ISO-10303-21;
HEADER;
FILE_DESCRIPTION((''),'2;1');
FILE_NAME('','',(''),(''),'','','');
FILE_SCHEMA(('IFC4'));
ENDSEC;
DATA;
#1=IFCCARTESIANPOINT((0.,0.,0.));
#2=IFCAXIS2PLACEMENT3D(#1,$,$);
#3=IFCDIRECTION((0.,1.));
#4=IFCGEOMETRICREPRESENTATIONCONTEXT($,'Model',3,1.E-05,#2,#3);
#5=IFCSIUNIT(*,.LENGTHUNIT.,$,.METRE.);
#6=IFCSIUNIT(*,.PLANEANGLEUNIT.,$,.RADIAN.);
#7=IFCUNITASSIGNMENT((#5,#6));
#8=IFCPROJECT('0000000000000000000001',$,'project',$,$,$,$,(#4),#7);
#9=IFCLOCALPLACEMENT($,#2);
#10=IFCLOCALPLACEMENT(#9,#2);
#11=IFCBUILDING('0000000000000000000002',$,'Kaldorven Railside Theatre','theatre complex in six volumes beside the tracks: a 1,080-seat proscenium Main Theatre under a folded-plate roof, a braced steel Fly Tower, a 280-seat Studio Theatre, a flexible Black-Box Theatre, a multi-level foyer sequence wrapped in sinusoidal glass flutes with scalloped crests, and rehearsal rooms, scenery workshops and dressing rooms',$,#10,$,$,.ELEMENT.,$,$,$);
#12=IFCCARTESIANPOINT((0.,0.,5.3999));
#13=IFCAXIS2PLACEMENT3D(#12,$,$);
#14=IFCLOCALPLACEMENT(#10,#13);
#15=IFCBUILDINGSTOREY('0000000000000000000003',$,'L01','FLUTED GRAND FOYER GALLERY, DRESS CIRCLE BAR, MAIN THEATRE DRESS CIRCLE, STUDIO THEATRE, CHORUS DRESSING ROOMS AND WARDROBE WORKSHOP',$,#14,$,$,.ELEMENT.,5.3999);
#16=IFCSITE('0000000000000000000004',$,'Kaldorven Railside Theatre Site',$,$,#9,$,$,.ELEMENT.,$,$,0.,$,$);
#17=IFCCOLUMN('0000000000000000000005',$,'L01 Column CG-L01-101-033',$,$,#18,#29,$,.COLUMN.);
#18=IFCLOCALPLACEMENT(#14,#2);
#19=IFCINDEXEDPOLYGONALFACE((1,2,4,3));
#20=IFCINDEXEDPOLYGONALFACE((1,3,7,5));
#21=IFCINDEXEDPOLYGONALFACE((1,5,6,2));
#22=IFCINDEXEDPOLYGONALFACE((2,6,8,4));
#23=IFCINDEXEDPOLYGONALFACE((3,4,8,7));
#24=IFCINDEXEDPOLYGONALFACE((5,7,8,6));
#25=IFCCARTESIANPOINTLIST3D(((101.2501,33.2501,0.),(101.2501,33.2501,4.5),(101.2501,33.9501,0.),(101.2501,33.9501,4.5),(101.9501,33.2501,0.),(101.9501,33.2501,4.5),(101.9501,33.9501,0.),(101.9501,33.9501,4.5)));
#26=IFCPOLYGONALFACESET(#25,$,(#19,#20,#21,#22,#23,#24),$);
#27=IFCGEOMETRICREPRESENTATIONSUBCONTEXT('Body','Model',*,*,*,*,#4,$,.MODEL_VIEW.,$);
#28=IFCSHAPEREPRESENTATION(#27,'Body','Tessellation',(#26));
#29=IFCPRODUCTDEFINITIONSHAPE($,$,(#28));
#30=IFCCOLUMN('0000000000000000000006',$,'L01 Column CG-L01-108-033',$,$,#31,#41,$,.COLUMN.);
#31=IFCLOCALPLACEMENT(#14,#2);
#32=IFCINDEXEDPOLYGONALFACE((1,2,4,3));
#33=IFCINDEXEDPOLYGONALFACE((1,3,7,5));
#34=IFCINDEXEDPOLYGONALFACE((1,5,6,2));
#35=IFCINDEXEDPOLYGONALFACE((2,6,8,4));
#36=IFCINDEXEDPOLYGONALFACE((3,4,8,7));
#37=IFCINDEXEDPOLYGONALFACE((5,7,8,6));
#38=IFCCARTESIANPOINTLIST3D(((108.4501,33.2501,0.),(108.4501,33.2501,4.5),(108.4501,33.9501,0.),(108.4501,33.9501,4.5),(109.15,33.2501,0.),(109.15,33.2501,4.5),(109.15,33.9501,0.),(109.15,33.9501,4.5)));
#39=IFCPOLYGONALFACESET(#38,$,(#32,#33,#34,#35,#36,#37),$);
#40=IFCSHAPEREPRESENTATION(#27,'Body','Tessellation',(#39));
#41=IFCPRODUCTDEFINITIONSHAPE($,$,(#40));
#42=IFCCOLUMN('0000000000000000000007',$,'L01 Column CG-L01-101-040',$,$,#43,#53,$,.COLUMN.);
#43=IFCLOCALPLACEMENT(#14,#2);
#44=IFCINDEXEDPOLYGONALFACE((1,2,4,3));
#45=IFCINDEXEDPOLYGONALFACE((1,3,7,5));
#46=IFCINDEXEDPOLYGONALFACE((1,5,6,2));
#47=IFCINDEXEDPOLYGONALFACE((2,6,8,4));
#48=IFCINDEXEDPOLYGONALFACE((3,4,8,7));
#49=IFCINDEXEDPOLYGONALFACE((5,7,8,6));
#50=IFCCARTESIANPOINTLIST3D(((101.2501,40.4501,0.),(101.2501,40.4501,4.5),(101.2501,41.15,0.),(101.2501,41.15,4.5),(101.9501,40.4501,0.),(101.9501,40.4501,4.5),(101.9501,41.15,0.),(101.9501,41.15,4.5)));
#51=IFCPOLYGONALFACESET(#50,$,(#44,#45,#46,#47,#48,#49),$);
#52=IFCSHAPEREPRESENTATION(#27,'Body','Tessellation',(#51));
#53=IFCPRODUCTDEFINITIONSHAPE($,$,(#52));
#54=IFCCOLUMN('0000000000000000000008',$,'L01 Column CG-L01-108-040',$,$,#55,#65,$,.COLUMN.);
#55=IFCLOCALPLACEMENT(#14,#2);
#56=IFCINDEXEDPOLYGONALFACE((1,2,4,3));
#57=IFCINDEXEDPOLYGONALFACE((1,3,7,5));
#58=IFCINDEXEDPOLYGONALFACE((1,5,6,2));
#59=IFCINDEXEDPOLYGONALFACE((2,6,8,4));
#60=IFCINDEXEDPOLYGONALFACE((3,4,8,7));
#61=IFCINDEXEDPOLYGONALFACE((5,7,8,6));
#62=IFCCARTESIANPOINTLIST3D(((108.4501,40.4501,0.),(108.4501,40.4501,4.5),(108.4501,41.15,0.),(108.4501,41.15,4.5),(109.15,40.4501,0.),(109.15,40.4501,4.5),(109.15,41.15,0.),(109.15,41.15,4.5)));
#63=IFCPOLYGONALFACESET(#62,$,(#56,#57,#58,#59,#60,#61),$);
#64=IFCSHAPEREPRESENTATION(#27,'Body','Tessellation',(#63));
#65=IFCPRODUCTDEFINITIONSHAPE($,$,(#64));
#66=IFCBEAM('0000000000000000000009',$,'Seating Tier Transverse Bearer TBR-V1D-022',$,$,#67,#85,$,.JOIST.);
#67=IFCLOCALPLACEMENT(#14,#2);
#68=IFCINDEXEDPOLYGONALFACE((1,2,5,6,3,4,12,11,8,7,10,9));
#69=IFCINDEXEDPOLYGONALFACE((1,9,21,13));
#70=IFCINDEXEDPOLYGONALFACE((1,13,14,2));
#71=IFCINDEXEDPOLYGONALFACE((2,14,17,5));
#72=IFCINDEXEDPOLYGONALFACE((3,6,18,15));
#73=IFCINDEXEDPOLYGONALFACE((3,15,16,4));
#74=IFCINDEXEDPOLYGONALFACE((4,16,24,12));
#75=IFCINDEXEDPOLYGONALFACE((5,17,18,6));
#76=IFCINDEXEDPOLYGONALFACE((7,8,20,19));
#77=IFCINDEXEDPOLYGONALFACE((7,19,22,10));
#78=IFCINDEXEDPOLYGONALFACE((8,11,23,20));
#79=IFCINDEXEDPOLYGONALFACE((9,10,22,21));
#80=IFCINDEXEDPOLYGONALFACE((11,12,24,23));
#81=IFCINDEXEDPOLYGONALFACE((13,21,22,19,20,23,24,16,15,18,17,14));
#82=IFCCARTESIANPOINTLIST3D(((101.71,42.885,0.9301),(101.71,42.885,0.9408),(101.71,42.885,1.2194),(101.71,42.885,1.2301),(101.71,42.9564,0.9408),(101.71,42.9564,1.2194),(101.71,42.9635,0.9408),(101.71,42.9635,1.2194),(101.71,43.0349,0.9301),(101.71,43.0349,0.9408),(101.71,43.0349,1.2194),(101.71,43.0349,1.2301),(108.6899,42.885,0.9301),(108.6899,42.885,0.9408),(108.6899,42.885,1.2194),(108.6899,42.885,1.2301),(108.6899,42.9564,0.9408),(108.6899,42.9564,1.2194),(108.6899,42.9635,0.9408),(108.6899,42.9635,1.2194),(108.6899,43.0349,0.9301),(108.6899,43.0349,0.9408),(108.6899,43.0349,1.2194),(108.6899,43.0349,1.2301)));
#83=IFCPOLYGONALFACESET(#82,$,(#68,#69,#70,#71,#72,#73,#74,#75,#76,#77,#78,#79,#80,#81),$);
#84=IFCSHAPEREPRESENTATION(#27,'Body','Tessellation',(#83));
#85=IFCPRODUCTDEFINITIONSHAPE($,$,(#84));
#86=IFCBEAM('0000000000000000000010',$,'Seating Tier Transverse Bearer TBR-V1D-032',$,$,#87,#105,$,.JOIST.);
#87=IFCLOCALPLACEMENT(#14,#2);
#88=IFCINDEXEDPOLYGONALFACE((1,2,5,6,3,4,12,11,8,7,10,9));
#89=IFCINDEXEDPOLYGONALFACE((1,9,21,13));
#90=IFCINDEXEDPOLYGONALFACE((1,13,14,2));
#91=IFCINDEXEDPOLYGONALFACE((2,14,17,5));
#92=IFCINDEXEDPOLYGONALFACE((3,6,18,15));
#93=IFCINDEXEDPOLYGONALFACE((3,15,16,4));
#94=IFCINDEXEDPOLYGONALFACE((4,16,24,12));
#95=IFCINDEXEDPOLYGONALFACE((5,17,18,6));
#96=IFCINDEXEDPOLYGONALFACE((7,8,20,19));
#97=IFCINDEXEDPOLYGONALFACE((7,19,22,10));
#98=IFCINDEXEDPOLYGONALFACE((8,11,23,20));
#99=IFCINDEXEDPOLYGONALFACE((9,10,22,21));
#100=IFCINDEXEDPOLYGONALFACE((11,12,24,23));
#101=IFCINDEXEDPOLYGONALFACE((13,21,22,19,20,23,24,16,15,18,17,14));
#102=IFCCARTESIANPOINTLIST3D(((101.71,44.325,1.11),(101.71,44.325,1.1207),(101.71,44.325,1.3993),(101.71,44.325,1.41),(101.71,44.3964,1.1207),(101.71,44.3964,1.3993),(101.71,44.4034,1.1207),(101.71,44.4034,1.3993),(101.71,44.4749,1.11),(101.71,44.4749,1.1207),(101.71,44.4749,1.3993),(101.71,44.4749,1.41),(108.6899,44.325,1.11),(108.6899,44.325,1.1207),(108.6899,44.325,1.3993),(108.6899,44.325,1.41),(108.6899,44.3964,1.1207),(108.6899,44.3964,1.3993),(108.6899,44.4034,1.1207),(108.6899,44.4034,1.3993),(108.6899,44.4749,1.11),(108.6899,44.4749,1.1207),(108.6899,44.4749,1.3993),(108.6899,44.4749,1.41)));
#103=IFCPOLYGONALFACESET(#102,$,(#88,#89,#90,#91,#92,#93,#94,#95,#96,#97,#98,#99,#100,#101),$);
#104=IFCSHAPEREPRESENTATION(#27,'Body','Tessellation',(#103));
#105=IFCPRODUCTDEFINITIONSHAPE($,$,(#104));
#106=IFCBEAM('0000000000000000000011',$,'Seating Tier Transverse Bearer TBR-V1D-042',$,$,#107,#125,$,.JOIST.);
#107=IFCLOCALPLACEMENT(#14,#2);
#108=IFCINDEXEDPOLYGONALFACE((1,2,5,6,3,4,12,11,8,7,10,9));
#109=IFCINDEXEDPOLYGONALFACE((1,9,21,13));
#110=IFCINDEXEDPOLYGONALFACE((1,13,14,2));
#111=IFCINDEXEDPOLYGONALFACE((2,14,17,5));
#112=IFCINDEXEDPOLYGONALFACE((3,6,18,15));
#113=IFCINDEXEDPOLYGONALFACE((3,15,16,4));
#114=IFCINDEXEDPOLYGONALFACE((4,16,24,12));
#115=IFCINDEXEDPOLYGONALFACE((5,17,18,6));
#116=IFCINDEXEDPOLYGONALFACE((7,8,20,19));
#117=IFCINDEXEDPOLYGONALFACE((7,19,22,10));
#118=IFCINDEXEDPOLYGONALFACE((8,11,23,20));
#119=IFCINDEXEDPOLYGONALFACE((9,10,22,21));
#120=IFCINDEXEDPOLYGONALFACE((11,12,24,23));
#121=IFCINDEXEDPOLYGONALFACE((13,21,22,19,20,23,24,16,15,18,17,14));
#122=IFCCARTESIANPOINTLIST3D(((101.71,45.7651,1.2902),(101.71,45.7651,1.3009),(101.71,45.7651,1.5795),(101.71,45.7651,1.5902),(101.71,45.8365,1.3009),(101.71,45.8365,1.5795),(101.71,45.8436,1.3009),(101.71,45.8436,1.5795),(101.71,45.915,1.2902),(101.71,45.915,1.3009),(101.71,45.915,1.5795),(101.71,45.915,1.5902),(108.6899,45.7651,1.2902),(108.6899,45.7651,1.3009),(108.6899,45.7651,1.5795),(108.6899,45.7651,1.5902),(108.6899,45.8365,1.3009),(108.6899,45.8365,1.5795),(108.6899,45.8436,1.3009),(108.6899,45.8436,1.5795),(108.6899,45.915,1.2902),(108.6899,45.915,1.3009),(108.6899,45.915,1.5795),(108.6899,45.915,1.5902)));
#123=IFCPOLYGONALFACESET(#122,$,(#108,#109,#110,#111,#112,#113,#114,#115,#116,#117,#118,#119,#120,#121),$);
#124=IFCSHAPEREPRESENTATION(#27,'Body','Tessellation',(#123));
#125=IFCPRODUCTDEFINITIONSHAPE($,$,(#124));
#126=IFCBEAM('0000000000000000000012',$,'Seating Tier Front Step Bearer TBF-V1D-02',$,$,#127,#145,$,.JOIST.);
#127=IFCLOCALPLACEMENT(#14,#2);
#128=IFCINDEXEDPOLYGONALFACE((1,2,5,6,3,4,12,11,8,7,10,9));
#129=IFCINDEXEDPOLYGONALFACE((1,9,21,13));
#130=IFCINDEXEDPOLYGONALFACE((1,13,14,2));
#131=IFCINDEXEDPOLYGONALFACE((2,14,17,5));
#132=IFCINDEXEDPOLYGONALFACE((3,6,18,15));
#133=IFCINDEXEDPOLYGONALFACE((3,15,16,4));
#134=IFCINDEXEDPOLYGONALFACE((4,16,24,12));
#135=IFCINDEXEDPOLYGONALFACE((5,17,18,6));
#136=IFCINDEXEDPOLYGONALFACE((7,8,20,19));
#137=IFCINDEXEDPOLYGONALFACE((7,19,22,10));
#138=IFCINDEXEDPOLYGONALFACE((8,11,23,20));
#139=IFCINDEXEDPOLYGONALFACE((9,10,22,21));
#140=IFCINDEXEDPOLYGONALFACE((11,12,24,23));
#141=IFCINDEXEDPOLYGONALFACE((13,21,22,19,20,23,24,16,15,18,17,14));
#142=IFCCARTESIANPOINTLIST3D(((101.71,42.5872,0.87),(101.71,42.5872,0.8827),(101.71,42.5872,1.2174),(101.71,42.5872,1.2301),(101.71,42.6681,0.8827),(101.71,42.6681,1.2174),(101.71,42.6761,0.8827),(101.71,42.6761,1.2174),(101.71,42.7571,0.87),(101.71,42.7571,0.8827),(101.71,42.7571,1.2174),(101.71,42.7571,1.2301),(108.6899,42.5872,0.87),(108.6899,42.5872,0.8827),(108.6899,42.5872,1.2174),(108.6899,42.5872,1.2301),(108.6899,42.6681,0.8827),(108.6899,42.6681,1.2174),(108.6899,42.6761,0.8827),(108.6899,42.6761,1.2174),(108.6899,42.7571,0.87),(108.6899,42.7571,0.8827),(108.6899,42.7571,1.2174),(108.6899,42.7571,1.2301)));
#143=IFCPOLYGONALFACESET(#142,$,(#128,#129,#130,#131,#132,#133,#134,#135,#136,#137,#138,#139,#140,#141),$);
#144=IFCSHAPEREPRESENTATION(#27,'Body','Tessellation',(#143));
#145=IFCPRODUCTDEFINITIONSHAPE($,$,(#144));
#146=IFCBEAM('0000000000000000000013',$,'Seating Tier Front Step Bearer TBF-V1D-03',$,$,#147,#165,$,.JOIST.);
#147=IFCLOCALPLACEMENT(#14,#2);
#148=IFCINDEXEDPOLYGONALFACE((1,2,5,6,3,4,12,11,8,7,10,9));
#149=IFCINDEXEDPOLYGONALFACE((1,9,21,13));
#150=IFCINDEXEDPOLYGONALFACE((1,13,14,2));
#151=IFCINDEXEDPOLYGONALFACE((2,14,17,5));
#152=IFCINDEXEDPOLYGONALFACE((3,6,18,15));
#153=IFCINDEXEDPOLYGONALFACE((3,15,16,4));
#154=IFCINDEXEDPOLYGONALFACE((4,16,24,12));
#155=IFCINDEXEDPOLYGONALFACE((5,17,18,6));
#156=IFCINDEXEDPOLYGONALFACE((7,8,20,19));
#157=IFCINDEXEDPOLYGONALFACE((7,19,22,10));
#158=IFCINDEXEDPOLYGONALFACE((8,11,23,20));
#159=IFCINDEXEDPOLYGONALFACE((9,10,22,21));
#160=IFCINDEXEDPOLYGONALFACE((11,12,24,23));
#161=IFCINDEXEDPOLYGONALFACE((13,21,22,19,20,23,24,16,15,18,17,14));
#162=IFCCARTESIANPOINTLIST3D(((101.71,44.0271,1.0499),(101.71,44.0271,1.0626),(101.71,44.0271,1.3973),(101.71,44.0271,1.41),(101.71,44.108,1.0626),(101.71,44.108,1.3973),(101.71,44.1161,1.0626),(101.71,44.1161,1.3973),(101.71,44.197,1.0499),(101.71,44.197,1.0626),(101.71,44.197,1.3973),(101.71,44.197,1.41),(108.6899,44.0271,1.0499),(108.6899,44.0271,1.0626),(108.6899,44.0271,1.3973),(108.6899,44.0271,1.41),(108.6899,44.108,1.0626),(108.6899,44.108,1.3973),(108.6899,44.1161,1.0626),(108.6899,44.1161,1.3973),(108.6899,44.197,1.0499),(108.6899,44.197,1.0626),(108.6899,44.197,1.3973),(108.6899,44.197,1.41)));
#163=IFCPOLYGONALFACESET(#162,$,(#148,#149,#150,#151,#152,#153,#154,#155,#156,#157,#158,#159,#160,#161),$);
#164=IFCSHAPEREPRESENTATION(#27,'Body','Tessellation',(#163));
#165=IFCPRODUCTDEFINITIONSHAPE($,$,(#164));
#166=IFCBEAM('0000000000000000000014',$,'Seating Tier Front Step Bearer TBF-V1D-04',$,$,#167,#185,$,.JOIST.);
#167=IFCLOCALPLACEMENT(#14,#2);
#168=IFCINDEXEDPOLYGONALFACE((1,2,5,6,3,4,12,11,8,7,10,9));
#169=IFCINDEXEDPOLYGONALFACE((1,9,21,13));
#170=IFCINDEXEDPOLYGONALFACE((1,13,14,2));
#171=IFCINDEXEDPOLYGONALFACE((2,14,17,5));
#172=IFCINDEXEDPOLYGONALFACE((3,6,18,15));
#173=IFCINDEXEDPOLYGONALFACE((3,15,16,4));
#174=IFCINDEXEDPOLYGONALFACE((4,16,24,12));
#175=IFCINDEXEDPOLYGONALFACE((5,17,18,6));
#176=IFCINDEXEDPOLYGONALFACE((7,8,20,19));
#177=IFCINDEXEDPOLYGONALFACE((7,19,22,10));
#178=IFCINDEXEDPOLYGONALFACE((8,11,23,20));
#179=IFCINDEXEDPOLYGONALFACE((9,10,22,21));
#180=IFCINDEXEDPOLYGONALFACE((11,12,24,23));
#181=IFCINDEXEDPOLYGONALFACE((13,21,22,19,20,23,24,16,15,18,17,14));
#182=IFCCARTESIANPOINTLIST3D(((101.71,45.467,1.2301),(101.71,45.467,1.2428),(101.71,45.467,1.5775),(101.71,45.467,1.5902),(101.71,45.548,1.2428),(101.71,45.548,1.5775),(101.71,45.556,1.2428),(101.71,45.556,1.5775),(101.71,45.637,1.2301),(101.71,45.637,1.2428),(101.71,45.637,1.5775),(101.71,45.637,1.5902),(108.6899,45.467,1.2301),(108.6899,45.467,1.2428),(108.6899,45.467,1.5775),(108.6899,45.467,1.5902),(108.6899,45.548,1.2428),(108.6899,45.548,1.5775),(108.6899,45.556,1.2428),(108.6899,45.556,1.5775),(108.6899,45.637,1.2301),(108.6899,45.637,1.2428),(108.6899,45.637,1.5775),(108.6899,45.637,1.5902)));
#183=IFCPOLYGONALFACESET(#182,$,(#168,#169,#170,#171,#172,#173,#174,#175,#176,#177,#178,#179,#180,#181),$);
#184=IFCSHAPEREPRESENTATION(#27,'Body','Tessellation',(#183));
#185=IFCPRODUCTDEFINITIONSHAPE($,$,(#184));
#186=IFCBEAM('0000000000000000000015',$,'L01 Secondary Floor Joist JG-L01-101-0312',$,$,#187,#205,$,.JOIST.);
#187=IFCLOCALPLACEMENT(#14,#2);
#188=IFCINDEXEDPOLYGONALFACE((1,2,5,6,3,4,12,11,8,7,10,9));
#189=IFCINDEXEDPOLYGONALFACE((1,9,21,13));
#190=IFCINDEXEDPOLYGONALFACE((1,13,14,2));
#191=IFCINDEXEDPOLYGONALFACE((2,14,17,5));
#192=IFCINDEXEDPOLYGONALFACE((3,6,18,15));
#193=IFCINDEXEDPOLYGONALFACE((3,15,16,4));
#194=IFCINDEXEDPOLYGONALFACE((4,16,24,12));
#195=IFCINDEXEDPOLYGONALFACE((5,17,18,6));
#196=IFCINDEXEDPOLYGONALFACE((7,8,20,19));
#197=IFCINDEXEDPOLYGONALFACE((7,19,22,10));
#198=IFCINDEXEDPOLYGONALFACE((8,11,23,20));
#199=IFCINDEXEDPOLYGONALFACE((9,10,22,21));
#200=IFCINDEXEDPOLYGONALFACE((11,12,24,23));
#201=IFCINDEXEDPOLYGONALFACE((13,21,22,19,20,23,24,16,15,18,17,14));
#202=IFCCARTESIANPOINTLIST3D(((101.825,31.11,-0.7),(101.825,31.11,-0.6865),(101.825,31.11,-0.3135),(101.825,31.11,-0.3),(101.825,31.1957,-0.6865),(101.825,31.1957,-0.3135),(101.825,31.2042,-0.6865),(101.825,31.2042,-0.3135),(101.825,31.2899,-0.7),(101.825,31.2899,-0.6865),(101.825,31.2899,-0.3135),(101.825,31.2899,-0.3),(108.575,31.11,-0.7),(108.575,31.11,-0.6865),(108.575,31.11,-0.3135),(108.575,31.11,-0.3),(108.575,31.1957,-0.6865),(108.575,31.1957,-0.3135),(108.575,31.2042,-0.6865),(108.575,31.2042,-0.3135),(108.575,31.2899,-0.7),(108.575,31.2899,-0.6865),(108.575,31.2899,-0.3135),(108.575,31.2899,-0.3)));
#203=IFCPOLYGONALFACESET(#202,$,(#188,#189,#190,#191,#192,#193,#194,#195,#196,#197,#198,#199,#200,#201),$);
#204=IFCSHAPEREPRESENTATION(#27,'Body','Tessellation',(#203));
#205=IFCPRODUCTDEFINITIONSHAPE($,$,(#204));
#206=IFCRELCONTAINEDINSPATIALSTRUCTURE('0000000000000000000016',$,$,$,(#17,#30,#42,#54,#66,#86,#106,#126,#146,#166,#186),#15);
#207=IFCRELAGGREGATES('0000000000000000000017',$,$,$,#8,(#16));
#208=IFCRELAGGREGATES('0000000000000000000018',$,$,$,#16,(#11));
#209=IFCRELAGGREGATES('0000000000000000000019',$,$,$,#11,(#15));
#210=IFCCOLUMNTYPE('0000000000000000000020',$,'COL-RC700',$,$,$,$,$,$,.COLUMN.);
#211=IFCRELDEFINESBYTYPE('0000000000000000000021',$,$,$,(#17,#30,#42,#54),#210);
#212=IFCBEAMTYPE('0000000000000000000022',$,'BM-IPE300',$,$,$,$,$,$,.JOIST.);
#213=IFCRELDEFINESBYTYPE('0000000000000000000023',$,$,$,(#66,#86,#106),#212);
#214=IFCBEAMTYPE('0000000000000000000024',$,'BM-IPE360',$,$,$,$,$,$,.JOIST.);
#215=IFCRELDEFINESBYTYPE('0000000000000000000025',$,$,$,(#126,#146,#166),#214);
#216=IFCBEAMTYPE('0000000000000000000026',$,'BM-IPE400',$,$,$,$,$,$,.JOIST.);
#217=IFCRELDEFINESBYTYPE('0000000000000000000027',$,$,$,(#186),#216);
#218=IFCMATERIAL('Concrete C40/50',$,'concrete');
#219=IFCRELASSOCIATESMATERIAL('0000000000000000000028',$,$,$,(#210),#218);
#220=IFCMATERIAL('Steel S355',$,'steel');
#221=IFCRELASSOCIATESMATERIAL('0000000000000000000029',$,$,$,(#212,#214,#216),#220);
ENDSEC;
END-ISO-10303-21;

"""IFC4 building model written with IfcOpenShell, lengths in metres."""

from ifc_helpers import new_model, si_unit, direction, frame, origin, origin_2d, place, context, subcontext, project, spatial, rectangle, i_section, extrude, material, material_profile, profile_set, type_object, element, save


model = new_model("IFC4")

# Units and contexts
model_context = context("Model", 3, precision=1e-05, world=origin(), true_north=direction((0.0, 1.0)))
body_context = subcontext(model_context, "Body", "Model", "MODEL_VIEW")
ifc_project = project(units=[si_unit("LENGTHUNIT", "METRE"), si_unit("PLANEANGLEUNIT", "RADIAN")], contexts=[model_context])

# Site, building, storey
site_placement = place(None, origin())
site = spatial("IfcSite", under=ifc_project, at=site_placement, Name="Kaldorven Railside Theatre Site", CompositionType="ELEMENT", RefElevation=0.0)
building_placement = place(site_placement, origin())
building = spatial("IfcBuilding", under=site, at=building_placement, Name="Kaldorven Railside Theatre", Description="theatre complex in six volumes beside the tracks: a 1,080-seat proscenium Main Theatre under a folded-plate roof, a braced steel Fly Tower, a 280-seat Studio Theatre, a flexible Black-Box Theatre, a multi-level foyer sequence wrapped in sinusoidal glass flutes with scalloped crests, and rehearsal rooms, scenery workshops and dressing rooms", CompositionType="ELEMENT")
storey_placement = place(building_placement, frame((0.0, 0.0, 5.3999)))
storey = spatial("IfcBuildingStorey", under=building, at=storey_placement, Name="L01", Description="FLUTED GRAND FOYER GALLERY, DRESS CIRCLE BAR, MAIN THEATRE DRESS CIRCLE, STUDIO THEATRE, CHORUS DRESSING ROOMS AND WARDROBE WORKSHOP", CompositionType="ELEMENT", Elevation=5.3999)

# Columns
ifc_material_1 = material(Name="Concrete C40/50", Category="concrete")
ifc_material_profile_1 = material_profile(ifc_material_1, rectangle(XDim=0.7, YDim=0.7, at=origin_2d()), Name="RC 700x700")
ifc_profile_set_1 = profile_set([ifc_material_profile_1], Name="Concrete C40/50")
column_type = type_object("IfcColumnType", Name="COL-RC700", PredefinedType="COLUMN", material=ifc_profile_set_1)
for number, where, z_axis, x_axis, name in (
    (1, (101.6001, 33.6001, 0.0), (0.0, 0.0, 1.0), (0.0, 1.0, 0.0), "L01 Column CG-L01-101-033"),
    (2, (108.8, 33.6001, 0.0), (0.0, 0.0, 1.0), (1.0, 0.0, 0.0), "L01 Column CG-L01-108-033"),
    (3, (101.6001, 40.8, 0.0), (0.0, 0.0, 1.0), (1.0, 0.0, 0.0), "L01 Column CG-L01-101-040"),
    (4, (108.8, 40.8, 0.0), (0.0, 0.0, 1.0), (0.0, 1.0, 0.0), "L01 Column CG-L01-108-040"),
):
    element("IfcColumn", number, at=place(storey_placement, frame(where, z_axis=z_axis, x_axis=x_axis)), inside=storey, type_object=column_type, Name=name, PredefinedType="COLUMN", context=body_context, shape_type="SweptSolid", body=[
        extrude(rectangle(XDim=0.7, YDim=0.7, at=origin_2d()), origin(), (0.0, 0.0, 1.0), 4.5),
    ])

# Beams
ifc_material_2 = material(Name="Steel S355", Category="steel")
ifc_material_profile_2 = material_profile(ifc_material_2, i_section(OverallWidth=0.1499, OverallDepth=0.3, WebThickness=0.0071, FlangeThickness=0.0107, at=origin_2d()), Name="IPE 300")
ifc_profile_set_2 = profile_set([ifc_material_profile_2], Name="Steel S355")
beam_type_1 = type_object("IfcBeamType", Name="BM-IPE300", PredefinedType="JOIST", material=ifc_profile_set_2)
for number, where, z_axis, x_axis, name in (
    (5, (101.71, 42.96, 1.0801), (1.0, 0.0, 0.0), (0.0, 1.0, 0.0), "Seating Tier Transverse Bearer TBR-V1D-022"),
    (6, (101.71, 44.3999, 1.26), (1.0, 0.0, 0.0), (0.0, 1.0, 0.0), "Seating Tier Transverse Bearer TBR-V1D-032"),
    (7, (101.71, 45.8401, 1.4402), (1.0, 0.0, 0.0), (0.0, 1.0, 0.0), "Seating Tier Transverse Bearer TBR-V1D-042"),
):
    element("IfcBeam", number, at=place(storey_placement, frame(where, z_axis=z_axis, x_axis=x_axis)), inside=storey, type_object=beam_type_1, Name=name, PredefinedType="JOIST", context=body_context, shape_type="SweptSolid", body=[
        extrude(i_section(OverallWidth=0.1499, OverallDepth=0.3, WebThickness=0.0071, FlangeThickness=0.0107, at=origin_2d()), origin(), (0.0, 0.0, 1.0), 6.98),
    ])
ifc_material_profile_3 = material_profile(ifc_material_2, i_section(OverallWidth=0.1699, OverallDepth=0.3601, WebThickness=0.0081, FlangeThickness=0.0127, at=origin_2d()), Name="IPE 360")
ifc_profile_set_3 = profile_set([ifc_material_profile_3], Name="Steel S355")
beam_type_2 = type_object("IfcBeamType", Name="BM-IPE360", PredefinedType="JOIST", material=ifc_profile_set_3)
for number, where, z_axis, x_axis, name in (
    (8, (101.71, 42.6721, 1.05), (1.0, 0.0, 0.0), (0.0, 1.0, 0.0), "Seating Tier Front Step Bearer TBF-V1D-02"),
    (9, (101.71, 44.1121, 1.23), (1.0, 0.0, 0.0), (0.0, 1.0, 0.0), "Seating Tier Front Step Bearer TBF-V1D-03"),
    (10, (101.71, 45.552, 1.4102), (1.0, 0.0, 0.0), (0.0, 1.0, 0.0), "Seating Tier Front Step Bearer TBF-V1D-04"),
):
    element("IfcBeam", number, at=place(storey_placement, frame(where, z_axis=z_axis, x_axis=x_axis)), inside=storey, type_object=beam_type_2, Name=name, PredefinedType="JOIST", context=body_context, shape_type="SweptSolid", body=[
        extrude(i_section(OverallWidth=0.1699, OverallDepth=0.3601, WebThickness=0.0081, FlangeThickness=0.0127, at=origin_2d()), origin(), (0.0, 0.0, 1.0), 6.98),
    ])
ifc_material_profile_4 = material_profile(ifc_material_2, i_section(OverallWidth=0.1799, OverallDepth=0.3999, WebThickness=0.0085, FlangeThickness=0.0134, at=origin_2d()), Name="IPE 400")
ifc_profile_set_4 = profile_set([ifc_material_profile_4], Name="Steel S355")
beam_type_3 = type_object("IfcBeamType", Name="BM-IPE400", PredefinedType="JOIST", material=ifc_profile_set_4)
for number, where, z_axis, x_axis, name in (
    (11, (101.825, 31.2, -0.5), (1.0, 0.0, 0.0), (0.0, 1.0, 0.0), "L01 Secondary Floor Joist JG-L01-101-0312"),
):
    element("IfcBeam", number, at=place(storey_placement, frame(where, z_axis=z_axis, x_axis=x_axis)), inside=storey, type_object=beam_type_3, Name=name, PredefinedType="JOIST", context=body_context, shape_type="SweptSolid", body=[
        extrude(i_section(OverallWidth=0.1799, OverallDepth=0.3999, WebThickness=0.0085, FlangeThickness=0.0134, at=origin_2d()), origin(), (0.0, 0.0, 1.0), 6.75),
    ])

save(model, "model.ifc")
